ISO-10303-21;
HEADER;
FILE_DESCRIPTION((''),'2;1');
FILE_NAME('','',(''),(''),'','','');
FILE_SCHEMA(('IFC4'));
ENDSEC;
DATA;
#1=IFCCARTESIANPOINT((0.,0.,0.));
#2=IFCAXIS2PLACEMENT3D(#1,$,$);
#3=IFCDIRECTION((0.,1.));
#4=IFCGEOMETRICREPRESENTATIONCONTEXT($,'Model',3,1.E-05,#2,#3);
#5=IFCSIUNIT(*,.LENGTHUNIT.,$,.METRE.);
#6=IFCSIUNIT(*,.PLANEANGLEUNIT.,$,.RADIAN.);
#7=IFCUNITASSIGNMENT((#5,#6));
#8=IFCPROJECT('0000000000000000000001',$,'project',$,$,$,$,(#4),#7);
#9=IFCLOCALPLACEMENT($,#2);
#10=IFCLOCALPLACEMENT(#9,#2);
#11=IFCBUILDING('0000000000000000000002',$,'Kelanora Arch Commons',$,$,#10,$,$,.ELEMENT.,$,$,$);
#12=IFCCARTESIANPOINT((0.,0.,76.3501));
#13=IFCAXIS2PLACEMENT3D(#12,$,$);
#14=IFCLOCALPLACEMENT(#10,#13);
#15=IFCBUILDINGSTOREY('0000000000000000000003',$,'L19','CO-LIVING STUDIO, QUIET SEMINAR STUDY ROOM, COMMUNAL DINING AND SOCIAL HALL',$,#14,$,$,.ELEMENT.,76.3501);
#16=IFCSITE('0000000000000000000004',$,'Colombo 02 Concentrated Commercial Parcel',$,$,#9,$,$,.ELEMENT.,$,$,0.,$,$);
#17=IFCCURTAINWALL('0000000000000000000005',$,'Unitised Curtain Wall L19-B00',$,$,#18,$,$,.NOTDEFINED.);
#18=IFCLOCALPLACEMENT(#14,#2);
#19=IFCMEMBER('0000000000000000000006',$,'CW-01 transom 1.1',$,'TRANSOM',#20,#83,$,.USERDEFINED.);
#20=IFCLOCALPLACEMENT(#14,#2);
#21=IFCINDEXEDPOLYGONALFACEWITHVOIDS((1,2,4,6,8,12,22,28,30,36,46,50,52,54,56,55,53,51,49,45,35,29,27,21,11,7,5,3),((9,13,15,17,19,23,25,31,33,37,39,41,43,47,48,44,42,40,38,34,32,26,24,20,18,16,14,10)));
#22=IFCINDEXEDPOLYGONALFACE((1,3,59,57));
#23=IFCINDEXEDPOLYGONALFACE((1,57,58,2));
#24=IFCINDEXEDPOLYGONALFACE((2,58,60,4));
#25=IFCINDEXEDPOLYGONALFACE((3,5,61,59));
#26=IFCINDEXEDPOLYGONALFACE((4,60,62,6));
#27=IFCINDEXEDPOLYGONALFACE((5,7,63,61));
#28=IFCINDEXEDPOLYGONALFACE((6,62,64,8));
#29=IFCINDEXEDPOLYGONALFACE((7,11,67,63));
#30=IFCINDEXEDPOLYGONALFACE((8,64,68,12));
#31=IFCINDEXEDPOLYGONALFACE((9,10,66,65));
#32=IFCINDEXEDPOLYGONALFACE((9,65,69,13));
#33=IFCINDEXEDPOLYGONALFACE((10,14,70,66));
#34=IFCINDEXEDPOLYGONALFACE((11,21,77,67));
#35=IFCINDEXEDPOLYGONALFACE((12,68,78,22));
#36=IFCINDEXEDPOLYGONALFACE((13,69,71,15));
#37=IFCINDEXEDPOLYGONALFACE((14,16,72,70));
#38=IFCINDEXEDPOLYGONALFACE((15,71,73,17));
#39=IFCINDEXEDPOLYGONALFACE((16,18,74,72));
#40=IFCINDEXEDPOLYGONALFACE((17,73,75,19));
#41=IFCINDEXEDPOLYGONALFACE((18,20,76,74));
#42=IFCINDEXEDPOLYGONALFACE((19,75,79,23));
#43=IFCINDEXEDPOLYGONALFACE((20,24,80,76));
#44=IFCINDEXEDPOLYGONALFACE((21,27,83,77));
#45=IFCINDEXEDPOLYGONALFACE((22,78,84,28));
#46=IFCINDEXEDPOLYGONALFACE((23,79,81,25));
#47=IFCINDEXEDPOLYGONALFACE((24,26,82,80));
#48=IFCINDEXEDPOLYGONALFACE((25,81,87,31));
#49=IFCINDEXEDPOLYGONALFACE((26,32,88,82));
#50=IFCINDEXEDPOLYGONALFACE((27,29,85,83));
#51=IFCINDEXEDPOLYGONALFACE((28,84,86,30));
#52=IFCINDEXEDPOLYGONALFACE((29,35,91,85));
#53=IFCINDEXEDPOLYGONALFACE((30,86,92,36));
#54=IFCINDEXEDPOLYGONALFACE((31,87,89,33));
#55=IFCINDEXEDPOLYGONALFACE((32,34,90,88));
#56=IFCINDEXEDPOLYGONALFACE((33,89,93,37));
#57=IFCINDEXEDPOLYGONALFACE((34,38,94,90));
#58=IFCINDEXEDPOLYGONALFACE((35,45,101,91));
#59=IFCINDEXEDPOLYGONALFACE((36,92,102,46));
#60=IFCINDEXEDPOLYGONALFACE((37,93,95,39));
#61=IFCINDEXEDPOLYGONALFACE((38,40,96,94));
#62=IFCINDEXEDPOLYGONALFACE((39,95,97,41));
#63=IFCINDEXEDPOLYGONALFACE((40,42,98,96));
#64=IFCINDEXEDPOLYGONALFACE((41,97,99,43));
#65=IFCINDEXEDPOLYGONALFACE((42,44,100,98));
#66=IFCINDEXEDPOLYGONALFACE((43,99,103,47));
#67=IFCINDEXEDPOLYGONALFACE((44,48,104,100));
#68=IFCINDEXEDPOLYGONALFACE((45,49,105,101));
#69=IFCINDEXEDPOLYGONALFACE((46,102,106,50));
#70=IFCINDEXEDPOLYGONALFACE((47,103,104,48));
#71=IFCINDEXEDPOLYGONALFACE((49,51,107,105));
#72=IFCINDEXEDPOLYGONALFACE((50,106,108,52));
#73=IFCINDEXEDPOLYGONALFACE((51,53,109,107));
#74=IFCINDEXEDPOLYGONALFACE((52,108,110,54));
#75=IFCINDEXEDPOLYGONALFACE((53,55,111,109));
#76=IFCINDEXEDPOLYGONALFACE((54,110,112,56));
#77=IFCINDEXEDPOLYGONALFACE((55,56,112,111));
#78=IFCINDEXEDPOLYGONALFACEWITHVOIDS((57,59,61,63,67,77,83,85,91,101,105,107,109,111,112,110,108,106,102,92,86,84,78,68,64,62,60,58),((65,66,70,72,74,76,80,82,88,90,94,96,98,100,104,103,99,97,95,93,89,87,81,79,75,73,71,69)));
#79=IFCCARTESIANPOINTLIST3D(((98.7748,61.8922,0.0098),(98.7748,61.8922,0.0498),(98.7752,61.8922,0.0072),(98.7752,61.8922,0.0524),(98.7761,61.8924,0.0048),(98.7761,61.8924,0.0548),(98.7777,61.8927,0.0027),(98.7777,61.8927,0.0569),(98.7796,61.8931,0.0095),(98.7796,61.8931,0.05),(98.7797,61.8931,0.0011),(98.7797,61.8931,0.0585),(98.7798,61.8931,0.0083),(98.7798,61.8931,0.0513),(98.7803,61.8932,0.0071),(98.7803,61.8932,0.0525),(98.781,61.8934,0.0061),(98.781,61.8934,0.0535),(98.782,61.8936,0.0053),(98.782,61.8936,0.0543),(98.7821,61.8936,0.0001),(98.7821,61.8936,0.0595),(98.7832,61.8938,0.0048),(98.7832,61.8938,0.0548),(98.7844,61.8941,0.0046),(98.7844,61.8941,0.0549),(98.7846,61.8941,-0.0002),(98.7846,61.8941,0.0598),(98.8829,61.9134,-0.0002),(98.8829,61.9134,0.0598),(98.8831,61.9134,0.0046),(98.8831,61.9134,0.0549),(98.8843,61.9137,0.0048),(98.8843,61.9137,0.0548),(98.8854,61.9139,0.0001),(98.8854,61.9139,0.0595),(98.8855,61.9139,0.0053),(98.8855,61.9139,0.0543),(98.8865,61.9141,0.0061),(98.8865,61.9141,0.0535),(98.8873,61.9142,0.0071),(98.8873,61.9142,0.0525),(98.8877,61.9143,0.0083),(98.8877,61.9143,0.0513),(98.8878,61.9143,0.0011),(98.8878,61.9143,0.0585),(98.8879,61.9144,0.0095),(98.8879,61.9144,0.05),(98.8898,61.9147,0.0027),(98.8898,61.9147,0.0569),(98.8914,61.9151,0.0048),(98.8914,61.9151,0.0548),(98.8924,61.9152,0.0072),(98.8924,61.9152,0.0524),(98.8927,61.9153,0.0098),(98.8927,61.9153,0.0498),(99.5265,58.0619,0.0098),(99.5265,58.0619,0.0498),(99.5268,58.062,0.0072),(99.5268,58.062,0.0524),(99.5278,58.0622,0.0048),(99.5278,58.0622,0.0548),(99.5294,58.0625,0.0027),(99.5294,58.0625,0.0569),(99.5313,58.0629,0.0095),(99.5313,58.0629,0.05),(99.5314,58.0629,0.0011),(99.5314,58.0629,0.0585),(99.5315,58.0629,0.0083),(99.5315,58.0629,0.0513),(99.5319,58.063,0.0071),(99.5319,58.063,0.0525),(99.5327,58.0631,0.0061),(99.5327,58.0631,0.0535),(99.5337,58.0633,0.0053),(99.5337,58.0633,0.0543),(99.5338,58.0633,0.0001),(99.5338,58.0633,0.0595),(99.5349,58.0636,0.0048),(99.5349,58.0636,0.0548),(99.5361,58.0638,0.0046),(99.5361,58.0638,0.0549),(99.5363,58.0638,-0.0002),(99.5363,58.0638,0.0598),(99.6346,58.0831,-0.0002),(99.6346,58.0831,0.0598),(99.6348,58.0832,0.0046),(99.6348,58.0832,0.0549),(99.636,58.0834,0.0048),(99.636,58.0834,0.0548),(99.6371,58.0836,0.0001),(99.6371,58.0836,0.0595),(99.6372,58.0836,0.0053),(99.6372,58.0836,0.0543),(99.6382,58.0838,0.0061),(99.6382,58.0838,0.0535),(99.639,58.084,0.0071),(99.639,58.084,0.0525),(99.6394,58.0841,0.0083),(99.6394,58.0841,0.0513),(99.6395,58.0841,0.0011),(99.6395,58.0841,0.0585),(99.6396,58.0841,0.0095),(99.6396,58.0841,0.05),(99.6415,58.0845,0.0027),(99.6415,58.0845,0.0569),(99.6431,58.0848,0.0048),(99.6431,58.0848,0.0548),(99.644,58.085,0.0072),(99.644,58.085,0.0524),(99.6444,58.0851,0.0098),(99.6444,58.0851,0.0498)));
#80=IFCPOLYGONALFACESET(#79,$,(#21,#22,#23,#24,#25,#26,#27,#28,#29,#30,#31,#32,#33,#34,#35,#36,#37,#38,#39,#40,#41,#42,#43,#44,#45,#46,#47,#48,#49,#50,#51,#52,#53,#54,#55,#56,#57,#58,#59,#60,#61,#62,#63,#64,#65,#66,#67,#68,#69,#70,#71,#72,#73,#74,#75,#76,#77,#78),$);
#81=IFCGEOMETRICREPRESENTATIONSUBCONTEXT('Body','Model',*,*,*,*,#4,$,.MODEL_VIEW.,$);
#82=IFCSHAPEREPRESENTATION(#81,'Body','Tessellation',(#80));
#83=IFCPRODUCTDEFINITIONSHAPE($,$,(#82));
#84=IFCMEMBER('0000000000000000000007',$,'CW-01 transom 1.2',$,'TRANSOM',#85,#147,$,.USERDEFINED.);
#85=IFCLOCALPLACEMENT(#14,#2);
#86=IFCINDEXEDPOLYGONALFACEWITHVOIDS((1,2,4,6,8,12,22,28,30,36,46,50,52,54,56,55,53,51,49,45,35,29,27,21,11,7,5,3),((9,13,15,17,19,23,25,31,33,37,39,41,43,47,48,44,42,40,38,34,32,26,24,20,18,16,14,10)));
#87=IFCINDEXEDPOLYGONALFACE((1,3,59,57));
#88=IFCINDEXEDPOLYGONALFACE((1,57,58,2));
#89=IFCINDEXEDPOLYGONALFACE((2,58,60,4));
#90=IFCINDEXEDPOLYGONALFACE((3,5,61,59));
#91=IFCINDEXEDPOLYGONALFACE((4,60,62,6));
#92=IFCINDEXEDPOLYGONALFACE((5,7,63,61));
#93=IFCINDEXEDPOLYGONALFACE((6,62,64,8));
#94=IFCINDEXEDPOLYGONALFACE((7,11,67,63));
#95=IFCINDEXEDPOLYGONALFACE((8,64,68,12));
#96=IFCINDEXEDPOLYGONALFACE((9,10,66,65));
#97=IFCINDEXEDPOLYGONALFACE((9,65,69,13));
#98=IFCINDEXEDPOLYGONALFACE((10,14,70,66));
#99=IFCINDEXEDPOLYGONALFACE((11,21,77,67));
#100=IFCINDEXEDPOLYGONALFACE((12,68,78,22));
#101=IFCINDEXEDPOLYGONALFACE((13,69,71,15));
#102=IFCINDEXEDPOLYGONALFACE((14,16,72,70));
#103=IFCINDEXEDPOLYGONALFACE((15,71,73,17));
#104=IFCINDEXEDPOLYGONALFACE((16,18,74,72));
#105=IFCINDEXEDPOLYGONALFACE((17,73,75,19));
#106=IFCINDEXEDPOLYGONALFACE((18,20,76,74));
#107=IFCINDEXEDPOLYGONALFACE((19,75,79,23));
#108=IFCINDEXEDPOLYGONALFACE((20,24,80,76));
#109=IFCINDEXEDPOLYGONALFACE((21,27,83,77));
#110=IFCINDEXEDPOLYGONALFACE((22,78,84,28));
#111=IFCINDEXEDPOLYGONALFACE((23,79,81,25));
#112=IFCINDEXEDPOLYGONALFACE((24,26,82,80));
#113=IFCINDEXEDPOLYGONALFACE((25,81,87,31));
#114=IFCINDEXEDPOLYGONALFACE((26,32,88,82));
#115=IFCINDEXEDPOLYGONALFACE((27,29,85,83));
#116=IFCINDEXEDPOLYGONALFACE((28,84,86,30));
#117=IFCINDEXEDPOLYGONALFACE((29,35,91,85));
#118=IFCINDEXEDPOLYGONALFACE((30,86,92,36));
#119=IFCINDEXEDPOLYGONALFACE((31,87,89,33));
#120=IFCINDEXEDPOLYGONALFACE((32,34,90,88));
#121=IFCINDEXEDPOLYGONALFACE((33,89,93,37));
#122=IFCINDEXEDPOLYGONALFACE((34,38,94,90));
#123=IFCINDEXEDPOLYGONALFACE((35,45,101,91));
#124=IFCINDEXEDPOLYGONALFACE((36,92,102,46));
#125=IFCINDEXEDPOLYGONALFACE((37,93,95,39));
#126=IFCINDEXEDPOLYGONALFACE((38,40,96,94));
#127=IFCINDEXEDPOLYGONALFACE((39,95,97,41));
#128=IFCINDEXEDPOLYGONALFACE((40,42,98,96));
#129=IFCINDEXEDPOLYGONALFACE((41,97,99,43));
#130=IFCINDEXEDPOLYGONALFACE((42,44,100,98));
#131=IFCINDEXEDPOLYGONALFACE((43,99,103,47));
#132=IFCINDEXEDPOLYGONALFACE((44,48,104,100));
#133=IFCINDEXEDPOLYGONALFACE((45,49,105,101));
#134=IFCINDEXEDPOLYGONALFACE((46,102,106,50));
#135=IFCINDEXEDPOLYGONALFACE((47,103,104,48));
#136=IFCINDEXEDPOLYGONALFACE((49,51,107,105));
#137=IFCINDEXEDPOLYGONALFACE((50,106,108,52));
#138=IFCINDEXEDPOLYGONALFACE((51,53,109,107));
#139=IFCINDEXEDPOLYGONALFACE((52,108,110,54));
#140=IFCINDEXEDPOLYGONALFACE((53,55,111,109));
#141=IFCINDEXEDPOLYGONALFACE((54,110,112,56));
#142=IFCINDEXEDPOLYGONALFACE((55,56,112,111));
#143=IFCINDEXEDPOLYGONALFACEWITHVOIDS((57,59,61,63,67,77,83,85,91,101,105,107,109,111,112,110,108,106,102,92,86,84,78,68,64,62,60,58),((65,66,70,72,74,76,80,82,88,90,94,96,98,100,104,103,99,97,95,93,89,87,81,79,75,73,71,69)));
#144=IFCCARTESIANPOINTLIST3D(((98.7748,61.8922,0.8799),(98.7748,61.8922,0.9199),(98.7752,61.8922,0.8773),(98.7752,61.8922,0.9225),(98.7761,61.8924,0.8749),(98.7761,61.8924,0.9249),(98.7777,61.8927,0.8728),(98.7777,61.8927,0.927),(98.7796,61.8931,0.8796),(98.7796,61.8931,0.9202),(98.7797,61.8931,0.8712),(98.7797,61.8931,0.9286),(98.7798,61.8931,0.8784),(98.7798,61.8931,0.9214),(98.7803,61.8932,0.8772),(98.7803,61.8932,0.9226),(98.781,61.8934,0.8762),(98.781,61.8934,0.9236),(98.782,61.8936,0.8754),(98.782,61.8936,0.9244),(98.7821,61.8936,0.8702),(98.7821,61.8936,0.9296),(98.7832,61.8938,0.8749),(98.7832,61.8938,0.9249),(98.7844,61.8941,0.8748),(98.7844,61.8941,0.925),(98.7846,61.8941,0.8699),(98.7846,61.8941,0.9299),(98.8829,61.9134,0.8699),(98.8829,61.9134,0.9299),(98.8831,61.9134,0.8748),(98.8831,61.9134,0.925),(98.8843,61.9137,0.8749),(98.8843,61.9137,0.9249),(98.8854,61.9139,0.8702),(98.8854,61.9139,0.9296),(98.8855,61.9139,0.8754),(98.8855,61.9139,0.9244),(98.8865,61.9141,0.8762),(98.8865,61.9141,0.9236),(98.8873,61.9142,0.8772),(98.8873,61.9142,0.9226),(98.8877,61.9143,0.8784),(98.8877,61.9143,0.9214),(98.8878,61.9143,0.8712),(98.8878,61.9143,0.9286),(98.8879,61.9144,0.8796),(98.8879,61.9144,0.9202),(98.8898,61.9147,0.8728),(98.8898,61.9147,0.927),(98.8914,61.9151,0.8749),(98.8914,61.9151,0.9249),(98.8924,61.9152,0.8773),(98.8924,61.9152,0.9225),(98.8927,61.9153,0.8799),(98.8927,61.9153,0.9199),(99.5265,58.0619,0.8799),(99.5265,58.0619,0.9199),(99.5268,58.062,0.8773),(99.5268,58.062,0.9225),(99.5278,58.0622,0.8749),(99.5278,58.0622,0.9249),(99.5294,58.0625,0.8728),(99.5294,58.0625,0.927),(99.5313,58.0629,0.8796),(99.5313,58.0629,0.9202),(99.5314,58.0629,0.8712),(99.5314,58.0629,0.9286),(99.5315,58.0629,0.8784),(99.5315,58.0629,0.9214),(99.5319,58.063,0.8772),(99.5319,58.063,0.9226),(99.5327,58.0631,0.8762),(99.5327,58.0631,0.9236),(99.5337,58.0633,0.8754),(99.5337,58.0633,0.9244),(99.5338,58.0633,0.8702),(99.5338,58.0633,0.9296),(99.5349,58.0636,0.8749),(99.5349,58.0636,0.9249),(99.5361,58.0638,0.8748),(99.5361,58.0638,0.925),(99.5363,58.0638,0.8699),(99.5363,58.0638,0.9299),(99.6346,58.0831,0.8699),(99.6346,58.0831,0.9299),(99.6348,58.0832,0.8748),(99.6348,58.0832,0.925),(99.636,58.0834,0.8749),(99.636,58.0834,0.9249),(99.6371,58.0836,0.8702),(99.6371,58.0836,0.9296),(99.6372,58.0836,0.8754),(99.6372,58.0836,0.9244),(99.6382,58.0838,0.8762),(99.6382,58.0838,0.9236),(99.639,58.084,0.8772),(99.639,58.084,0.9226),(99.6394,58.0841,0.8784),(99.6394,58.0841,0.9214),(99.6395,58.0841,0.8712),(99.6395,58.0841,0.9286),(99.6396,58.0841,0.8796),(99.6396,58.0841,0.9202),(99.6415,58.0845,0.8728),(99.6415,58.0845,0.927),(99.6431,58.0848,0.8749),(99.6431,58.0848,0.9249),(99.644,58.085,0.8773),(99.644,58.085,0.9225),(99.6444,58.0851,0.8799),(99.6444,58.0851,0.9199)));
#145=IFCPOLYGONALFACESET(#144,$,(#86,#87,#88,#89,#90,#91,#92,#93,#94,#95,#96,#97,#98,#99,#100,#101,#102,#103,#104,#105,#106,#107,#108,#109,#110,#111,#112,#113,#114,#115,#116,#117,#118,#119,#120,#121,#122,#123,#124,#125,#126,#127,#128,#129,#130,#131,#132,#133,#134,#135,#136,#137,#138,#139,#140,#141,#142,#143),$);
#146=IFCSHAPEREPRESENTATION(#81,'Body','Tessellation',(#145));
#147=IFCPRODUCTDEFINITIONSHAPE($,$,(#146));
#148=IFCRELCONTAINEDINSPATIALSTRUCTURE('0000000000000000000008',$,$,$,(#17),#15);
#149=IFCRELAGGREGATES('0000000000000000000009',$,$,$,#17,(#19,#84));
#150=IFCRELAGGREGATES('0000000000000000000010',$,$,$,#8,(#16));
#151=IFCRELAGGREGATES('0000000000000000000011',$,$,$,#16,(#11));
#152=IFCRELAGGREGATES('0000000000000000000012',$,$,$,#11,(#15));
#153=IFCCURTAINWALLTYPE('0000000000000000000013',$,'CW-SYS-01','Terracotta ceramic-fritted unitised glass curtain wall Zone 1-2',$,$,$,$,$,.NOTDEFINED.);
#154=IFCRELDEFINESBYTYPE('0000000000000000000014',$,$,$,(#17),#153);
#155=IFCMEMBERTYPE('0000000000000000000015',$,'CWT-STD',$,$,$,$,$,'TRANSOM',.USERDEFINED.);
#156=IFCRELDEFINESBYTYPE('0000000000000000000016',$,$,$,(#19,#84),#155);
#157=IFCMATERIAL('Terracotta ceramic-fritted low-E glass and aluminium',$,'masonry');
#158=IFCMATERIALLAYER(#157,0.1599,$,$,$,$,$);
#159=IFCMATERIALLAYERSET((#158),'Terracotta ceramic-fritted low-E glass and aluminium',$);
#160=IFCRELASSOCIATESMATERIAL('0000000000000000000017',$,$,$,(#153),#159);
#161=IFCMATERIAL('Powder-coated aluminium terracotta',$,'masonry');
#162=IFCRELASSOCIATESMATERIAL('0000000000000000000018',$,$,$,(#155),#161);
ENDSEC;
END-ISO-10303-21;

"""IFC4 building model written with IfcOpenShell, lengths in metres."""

from ifc_helpers import new_model, si_unit, direction, frame, origin, origin_2d, place, context, subcontext, project, spatial, hollow_rectangle, extrude, material, layer, layer_set, material_profile, profile_set, type_object, element, aggregate, save


model = new_model("IFC4")

# Units and contexts
model_context = context("Model", 3, precision=1e-05, world=origin(), true_north=direction((0.0, 1.0)))
body_context = subcontext(model_context, "Body", "Model", "MODEL_VIEW")
ifc_project = project(units=[si_unit("LENGTHUNIT", "METRE"), si_unit("PLANEANGLEUNIT", "RADIAN")], contexts=[model_context])

# Site, building, storey
site_placement = place(None, origin())
site = spatial("IfcSite", under=ifc_project, at=site_placement, Name="Colombo 02 Concentrated Commercial Parcel", CompositionType="ELEMENT", RefElevation=0.0)
building_placement = place(site_placement, origin())
building = spatial("IfcBuilding", under=site, at=building_placement, Name="Kelanora Arch Commons", CompositionType="ELEMENT")
storey_placement = place(building_placement, frame((0.0, 0.0, 76.3501)))
storey = spatial("IfcBuildingStorey", under=building, at=storey_placement, Name="L19", Description="CO-LIVING STUDIO, QUIET SEMINAR STUDY ROOM, COMMUNAL DINING AND SOCIAL HALL", CompositionType="ELEMENT", Elevation=76.3501)

# Curtain wall
ifc_material_1 = material(Name="Terracotta ceramic-fritted low-E glass and aluminium", Category="masonry")
ifc_layer_1 = layer(ifc_material_1, 0.1599)
ifc_layer_set_1 = layer_set([ifc_layer_1], Name="Terracotta ceramic-fritted low-E glass and aluminium")
curtain_wall_type = type_object("IfcCurtainWallType", Name="CW-SYS-01", Description="Terracotta ceramic-fritted unitised glass curtain wall Zone 1-2", PredefinedType="NOTDEFINED", material=ifc_layer_set_1)
curtain_wall_1_placement = place(storey_placement, origin())
curtain_wall_1 = element("IfcCurtainWall", 1, at=curtain_wall_1_placement, inside=storey, type_object=curtain_wall_type, Name="Unitised Curtain Wall L19-B00", PredefinedType="NOTDEFINED")
ifc_material_2 = material(Name="Powder-coated aluminium terracotta", Category="masonry")

# Members
ifc_material_profile_1 = material_profile(ifc_material_2, hollow_rectangle(XDim=0.1201, YDim=0.0601, WallThickness=0.0049, InnerFilletRadius=0.0049, OuterFilletRadius=0.01, at=origin_2d()), Name="CWT120x60")
ifc_profile_set_1 = profile_set([ifc_material_profile_1], Name="Powder-coated aluminium terracotta")
member_type_1 = type_object("IfcMemberType", Name="CWT-STD", ElementType="TRANSOM", PredefinedType="USERDEFINED", material=ifc_profile_set_1)
member_1_placement = place(storey_placement, frame((99.5854, 58.0735, 0.0298), z_axis=(-0.192579, 0.981282, 0.0), x_axis=(-0.981282, -0.192579, 0.0)))
member_1 = element("IfcMember", 2, at=member_1_placement, type_object=member_type_1, Name="CW-01 transom 1.1", ObjectType="TRANSOM", PredefinedType="USERDEFINED", context=body_context, shape_type="SweptSolid", body=[
    extrude(hollow_rectangle(XDim=0.1201, YDim=0.0601, WallThickness=0.0049, InnerFilletRadius=0.0049, OuterFilletRadius=0.01, at=origin_2d()), origin(), (0.0, 0.0, 1.0), 3.9033),
])
member_2_placement = place(storey_placement, frame((99.5854, 58.0735, 0.8999), z_axis=(-0.192579, 0.981282, 0.0), x_axis=(-0.981282, -0.192579, 0.0)))
member_2 = element("IfcMember", 3, at=member_2_placement, type_object=member_type_1, Name="CW-01 transom 1.2", ObjectType="TRANSOM", PredefinedType="USERDEFINED", context=body_context, shape_type="SweptSolid", body=[
    extrude(hollow_rectangle(XDim=0.1201, YDim=0.0601, WallThickness=0.0049, InnerFilletRadius=0.0049, OuterFilletRadius=0.01, at=origin_2d()), origin(), (0.0, 0.0, 1.0), 3.9033),
])
aggregate(curtain_wall_1, [member_1, member_2])

save(model, "model.ifc")
